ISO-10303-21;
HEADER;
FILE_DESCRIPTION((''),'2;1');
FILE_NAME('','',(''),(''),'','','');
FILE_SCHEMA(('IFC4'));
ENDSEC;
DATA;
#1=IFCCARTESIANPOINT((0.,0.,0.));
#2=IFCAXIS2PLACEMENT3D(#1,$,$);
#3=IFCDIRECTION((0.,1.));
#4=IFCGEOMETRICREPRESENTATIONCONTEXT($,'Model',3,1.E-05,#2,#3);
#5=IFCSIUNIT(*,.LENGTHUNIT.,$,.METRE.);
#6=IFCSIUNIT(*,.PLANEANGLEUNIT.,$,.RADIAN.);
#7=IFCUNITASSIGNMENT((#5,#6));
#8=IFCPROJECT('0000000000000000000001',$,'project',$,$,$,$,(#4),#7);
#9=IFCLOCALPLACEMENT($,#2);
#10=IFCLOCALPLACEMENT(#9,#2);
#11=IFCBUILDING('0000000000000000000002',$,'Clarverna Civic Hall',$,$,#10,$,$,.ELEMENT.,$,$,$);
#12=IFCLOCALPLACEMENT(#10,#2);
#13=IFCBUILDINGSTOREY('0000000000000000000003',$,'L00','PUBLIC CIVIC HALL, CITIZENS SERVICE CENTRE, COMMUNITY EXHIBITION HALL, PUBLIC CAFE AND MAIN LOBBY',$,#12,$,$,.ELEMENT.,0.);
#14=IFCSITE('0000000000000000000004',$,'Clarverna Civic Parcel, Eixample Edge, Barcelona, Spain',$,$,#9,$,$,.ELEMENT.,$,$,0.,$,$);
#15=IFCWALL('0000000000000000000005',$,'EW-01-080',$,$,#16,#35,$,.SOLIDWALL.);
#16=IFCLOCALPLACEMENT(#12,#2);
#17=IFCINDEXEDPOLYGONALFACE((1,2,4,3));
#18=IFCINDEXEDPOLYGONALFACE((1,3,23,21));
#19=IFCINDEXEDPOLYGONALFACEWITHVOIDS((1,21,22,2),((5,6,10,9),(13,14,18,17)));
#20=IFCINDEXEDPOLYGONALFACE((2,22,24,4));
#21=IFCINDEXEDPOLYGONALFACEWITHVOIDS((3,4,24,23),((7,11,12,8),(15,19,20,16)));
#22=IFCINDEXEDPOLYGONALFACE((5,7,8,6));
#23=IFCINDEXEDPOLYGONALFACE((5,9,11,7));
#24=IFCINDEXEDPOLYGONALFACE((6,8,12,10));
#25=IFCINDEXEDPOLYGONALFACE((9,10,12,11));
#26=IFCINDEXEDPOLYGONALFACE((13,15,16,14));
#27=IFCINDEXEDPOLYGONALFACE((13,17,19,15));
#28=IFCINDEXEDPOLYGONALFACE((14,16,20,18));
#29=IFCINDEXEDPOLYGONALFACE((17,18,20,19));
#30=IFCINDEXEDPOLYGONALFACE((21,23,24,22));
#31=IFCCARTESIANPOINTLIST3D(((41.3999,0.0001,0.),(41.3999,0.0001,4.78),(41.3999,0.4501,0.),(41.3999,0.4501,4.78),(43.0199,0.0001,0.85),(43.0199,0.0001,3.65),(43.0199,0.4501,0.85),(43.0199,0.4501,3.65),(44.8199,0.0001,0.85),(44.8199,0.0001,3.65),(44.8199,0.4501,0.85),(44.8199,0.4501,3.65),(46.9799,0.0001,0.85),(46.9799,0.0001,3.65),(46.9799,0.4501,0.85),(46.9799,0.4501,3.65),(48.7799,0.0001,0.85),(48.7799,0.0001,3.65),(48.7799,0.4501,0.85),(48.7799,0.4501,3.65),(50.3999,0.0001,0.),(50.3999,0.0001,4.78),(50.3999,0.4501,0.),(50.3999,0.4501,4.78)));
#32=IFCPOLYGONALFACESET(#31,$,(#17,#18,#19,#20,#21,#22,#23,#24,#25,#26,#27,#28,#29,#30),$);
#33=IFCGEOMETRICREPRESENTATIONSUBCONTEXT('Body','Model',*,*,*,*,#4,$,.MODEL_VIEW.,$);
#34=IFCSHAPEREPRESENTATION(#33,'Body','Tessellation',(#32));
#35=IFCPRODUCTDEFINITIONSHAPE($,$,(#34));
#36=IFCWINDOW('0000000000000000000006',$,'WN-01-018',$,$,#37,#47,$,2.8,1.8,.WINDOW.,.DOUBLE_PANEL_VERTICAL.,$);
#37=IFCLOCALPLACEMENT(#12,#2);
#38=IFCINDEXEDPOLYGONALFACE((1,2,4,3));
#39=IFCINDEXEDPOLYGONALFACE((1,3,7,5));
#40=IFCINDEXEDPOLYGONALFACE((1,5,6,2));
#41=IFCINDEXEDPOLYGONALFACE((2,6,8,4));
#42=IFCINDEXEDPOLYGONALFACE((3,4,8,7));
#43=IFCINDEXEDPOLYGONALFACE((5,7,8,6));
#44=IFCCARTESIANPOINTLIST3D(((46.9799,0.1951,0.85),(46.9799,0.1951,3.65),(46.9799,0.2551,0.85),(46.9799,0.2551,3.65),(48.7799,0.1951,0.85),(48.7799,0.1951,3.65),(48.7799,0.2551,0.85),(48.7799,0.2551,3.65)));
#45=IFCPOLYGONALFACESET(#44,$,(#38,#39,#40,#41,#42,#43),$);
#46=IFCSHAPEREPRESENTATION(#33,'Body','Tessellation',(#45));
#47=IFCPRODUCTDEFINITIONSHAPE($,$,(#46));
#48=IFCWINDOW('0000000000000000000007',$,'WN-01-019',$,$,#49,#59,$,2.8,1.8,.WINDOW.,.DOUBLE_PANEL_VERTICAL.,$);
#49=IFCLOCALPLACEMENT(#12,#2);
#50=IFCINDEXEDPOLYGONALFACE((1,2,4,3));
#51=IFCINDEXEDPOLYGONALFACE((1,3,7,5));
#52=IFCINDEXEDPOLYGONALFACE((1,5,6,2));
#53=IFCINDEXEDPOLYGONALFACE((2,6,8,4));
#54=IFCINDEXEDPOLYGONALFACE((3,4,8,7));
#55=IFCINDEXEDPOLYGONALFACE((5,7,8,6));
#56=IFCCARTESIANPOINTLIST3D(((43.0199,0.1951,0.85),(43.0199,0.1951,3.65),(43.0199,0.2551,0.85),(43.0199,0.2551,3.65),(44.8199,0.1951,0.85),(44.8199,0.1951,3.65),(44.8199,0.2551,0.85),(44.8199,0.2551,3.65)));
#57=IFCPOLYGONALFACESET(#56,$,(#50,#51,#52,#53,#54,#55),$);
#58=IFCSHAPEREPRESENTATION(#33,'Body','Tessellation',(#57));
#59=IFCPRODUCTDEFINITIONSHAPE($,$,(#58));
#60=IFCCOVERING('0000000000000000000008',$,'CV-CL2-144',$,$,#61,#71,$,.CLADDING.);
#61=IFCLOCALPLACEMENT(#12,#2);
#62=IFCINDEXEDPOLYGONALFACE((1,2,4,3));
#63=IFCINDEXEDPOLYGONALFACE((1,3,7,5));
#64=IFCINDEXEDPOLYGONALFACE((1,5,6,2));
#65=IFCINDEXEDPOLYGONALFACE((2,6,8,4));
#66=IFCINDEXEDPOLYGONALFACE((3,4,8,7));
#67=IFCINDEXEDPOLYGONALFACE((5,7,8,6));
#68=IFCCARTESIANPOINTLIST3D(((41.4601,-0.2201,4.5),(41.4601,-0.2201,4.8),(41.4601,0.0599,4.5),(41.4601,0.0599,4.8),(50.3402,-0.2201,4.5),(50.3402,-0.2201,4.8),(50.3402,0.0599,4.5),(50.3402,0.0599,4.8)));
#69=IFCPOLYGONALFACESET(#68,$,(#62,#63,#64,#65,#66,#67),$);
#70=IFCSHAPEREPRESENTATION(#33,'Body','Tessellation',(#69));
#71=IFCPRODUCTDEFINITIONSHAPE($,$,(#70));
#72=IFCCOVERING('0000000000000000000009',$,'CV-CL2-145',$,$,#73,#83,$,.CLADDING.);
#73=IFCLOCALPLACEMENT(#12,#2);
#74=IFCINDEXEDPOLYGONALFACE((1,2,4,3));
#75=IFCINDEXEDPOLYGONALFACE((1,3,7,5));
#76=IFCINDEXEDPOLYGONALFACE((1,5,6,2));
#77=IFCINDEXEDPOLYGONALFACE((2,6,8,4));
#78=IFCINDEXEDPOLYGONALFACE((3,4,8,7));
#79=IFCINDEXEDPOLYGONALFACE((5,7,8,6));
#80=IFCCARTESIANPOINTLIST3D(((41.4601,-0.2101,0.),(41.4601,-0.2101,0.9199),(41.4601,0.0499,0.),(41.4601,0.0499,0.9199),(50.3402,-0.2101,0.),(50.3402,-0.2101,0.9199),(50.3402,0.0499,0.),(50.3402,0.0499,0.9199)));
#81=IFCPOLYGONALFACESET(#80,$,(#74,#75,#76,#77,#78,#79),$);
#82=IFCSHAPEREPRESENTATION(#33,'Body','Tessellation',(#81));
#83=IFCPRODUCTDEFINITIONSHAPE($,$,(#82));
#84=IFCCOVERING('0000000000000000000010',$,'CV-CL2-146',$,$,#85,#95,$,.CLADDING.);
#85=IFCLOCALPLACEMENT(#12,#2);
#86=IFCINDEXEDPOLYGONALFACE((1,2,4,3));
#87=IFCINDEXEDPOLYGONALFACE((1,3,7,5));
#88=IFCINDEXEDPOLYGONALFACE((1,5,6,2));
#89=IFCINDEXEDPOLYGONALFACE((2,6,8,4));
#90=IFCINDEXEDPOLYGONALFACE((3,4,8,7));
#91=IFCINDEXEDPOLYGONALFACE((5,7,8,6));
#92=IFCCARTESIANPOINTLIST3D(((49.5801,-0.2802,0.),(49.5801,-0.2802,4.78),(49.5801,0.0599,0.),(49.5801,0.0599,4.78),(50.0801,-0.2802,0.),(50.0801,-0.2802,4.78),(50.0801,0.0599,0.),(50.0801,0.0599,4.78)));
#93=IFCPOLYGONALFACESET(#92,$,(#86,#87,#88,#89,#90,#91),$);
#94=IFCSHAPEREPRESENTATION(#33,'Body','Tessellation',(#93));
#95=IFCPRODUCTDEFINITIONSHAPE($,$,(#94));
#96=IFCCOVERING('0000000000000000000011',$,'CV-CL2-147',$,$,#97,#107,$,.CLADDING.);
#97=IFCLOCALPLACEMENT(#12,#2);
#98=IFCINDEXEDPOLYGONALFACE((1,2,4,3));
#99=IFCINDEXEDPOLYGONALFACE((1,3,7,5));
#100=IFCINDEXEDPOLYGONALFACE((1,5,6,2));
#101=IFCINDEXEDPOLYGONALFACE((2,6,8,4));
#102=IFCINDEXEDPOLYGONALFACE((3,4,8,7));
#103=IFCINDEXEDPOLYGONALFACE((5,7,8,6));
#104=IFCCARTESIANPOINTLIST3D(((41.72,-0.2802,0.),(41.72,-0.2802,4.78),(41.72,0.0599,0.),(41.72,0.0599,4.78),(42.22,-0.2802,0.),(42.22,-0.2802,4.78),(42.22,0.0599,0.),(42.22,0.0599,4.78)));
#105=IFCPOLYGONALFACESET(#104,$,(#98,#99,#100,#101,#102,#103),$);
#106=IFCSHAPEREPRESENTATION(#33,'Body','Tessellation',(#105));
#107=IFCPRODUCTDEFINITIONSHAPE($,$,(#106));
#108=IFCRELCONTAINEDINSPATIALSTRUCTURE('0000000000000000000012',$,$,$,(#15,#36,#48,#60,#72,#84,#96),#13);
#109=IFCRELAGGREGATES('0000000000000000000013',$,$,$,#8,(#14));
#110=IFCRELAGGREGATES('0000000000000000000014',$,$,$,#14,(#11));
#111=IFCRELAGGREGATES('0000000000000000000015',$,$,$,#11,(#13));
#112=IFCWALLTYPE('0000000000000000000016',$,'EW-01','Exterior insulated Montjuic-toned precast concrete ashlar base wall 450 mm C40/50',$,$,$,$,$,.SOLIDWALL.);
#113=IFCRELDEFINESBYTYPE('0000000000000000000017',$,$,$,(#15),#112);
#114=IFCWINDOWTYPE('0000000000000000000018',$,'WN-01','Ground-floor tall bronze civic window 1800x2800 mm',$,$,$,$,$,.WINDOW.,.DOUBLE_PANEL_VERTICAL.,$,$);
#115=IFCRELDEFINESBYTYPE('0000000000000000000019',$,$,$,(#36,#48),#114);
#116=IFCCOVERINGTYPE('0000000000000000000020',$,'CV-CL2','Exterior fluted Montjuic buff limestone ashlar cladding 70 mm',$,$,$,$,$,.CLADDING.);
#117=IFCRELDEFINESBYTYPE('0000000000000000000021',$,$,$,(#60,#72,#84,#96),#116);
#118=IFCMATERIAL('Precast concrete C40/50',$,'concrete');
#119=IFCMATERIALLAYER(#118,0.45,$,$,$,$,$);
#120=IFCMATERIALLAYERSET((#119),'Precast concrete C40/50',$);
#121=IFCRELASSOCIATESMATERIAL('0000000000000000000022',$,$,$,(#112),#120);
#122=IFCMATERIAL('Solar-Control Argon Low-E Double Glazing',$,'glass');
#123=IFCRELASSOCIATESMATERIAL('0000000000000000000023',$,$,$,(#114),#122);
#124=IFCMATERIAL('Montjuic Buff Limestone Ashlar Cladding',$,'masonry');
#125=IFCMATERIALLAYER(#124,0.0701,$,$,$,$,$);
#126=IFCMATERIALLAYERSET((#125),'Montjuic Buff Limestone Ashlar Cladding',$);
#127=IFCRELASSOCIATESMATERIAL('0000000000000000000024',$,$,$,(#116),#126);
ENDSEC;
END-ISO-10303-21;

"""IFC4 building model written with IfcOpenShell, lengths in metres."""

from ifc_helpers import new_model, si_unit, direction, frame, frame_2d, origin, place, context, subcontext, project, spatial, rectangle, extrude, material, layer, layer_set, type_object, element, fill, save


model = new_model("IFC4")

# Units and contexts
model_context = context("Model", 3, precision=1e-05, world=origin(), true_north=direction((0.0, 1.0)))
body_context = subcontext(model_context, "Body", "Model", "MODEL_VIEW")
ifc_project = project(units=[si_unit("LENGTHUNIT", "METRE"), si_unit("PLANEANGLEUNIT", "RADIAN")], contexts=[model_context])

# Site, building, storey
site_placement = place(None, origin())
site = spatial("IfcSite", under=ifc_project, at=site_placement, Name="Clarverna Civic Parcel, Eixample Edge, Barcelona, Spain", CompositionType="ELEMENT", RefElevation=0.0)
building_placement = place(site_placement, origin())
building = spatial("IfcBuilding", under=site, at=building_placement, Name="Clarverna Civic Hall", CompositionType="ELEMENT")
storey_placement = place(building_placement, origin())
storey = spatial("IfcBuildingStorey", under=building, at=storey_placement, Name="L00", Description="PUBLIC CIVIC HALL, CITIZENS SERVICE CENTRE, COMMUNITY EXHIBITION HALL, PUBLIC CAFE AND MAIN LOBBY", CompositionType="ELEMENT", Elevation=0.0)

# Wall, openings, windows
ifc_material_1 = material(Name="Precast concrete C40/50", Category="concrete")
ifc_layer_1 = layer(ifc_material_1, 0.45)
ifc_layer_set_1 = layer_set([ifc_layer_1], Name="Precast concrete C40/50")
wall_type = type_object("IfcWallType", Name="EW-01", Description="Exterior insulated Montjuic-toned precast concrete ashlar base wall 450 mm C40/50", PredefinedType="SOLIDWALL", material=ifc_layer_set_1)
wall_1_placement = place(storey_placement, frame((50.3999, 0.2251, 0.0), z_axis=(0.0, 0.0, 1.0), x_axis=(-1.0, 0.0, 0.0)))
wall_1 = element("IfcWall", 1, at=wall_1_placement, inside=storey, type_object=wall_type, Name="EW-01-080", PredefinedType="SOLIDWALL", context=body_context, shape_type="SweptSolid", body=[
    extrude(rectangle(XDim=9.0, YDim=0.45, at=frame_2d((4.5, 0.0))), origin(), (0.0, 0.0, 1.0), 4.78),
])
opening_1_placement = place(wall_1_placement, frame((1.6201, 0.0, 0.8501)))
opening_1 = element("IfcOpeningElement", 2, at=opening_1_placement, cuts=wall_1, PredefinedType="OPENING", context=body_context, shape_type="SweptSolid", body=[
    extrude(rectangle(XDim=1.8, YDim=2.8, at=frame_2d((0.8999, 1.3999))), frame((0.0, 0.2349, 0.0), z_axis=(0.0, -1.0, 0.0), x_axis=(1.0, 0.0, 0.0)), (0.0, 0.0, 1.0), 0.47),
])
opening_2_placement = place(wall_1_placement, frame((5.5801, 0.0, 0.8501)))
opening_2 = element("IfcOpeningElement", 3, at=opening_2_placement, cuts=wall_1, PredefinedType="OPENING", context=body_context, shape_type="SweptSolid", body=[
    extrude(rectangle(XDim=1.8, YDim=2.8, at=frame_2d((0.8999, 1.3999))), frame((0.0, 0.2349, 0.0), z_axis=(0.0, -1.0, 0.0), x_axis=(1.0, 0.0, 0.0)), (0.0, 0.0, 1.0), 0.47),
])
ifc_material_2 = material(Name="Solar-Control Argon Low-E Double Glazing", Category="glass")
window_type = type_object("IfcWindowType", Name="WN-01", Description="Ground-floor tall bronze civic window 1800x2800 mm", PartitioningType="DOUBLE_PANEL_VERTICAL", PredefinedType="WINDOW", material=ifc_material_2)
window_1_placement = place(opening_1_placement, origin())
window_1 = element("IfcWindow", 4, at=window_1_placement, inside=storey, type_object=window_type, Name="WN-01-018", OverallHeight=2.8, OverallWidth=1.8, PartitioningType="DOUBLE_PANEL_VERTICAL", PredefinedType="WINDOW", context=body_context, shape_type="SweptSolid", body=[
    extrude(rectangle(XDim=1.8, YDim=2.8, at=frame_2d((0.8999, 1.3999))), frame((0.0, 0.03, 0.0), z_axis=(0.0, -1.0, 0.0), x_axis=(1.0, 0.0, 0.0)), (0.0, 0.0, 1.0), 0.0601),
])
fill(opening_1, window_1)
window_2_placement = place(opening_2_placement, origin())
window_2 = element("IfcWindow", 5, at=window_2_placement, inside=storey, type_object=window_type, Name="WN-01-019", OverallHeight=2.8, OverallWidth=1.8, PartitioningType="DOUBLE_PANEL_VERTICAL", PredefinedType="WINDOW", context=body_context, shape_type="SweptSolid", body=[
    extrude(rectangle(XDim=1.8, YDim=2.8, at=frame_2d((0.8999, 1.3999))), frame((0.0, 0.03, 0.0), z_axis=(0.0, -1.0, 0.0), x_axis=(1.0, 0.0, 0.0)), (0.0, 0.0, 1.0), 0.0601),
])
fill(opening_2, window_2)

# Coverings
ifc_material_3 = material(Name="Montjuic Buff Limestone Ashlar Cladding", Category="masonry")
ifc_layer_2 = layer(ifc_material_3, 0.0701)
ifc_layer_set_2 = layer_set([ifc_layer_2], Name="Montjuic Buff Limestone Ashlar Cladding")
covering_type = type_object("IfcCoveringType", Name="CV-CL2", Description="Exterior fluted Montjuic buff limestone ashlar cladding 70 mm", PredefinedType="CLADDING", material=ifc_layer_set_2)
covering_1_placement = place(storey_placement, frame((50.3401, -0.0801, 4.5), z_axis=(0.0, 0.0, 1.0), x_axis=(-1.0, 0.0, 0.0)))
element("IfcCovering", 6, at=covering_1_placement, inside=storey, type_object=covering_type, Name="CV-CL2-144", PredefinedType="CLADDING", context=body_context, shape_type="SweptSolid", body=[
    extrude(rectangle(XDim=8.8801, YDim=0.28, at=frame_2d((4.4399, 0.0))), origin(), (0.0, 0.0, 1.0), 0.3),
])
covering_2_placement = place(storey_placement, frame((50.3401, -0.0801, 0.0), z_axis=(0.0, 0.0, 1.0), x_axis=(-1.0, 0.0, 0.0)))
element("IfcCovering", 7, at=covering_2_placement, inside=storey, type_object=covering_type, Name="CV-CL2-145", PredefinedType="CLADDING", context=body_context, shape_type="SweptSolid", body=[
    extrude(rectangle(XDim=8.8801, YDim=0.26, at=frame_2d((4.4399, 0.0))), origin(), (0.0, 0.0, 1.0), 0.9199),
])
for number, where, z_axis, x_axis, name in (
    (8, (50.0801, -0.1101, 0.0), (0.0, 0.0, 1.0), (-1.0, 0.0, 0.0), "CV-CL2-146"),
    (9, (42.22, -0.1101, 0.0), (0.0, 0.0, 1.0), (-1.0, 0.0, 0.0), "CV-CL2-147"),
):
    element("IfcCovering", number, at=place(storey_placement, frame(where, z_axis=z_axis, x_axis=x_axis)), inside=storey, type_object=covering_type, Name=name, PredefinedType="CLADDING", context=body_context, shape_type="SweptSolid", body=[
        extrude(rectangle(XDim=0.5, YDim=0.3401, at=frame_2d((0.25, 0.0))), origin(), (0.0, 0.0, 1.0), 4.78),
    ])

save(model, "model.ifc")
